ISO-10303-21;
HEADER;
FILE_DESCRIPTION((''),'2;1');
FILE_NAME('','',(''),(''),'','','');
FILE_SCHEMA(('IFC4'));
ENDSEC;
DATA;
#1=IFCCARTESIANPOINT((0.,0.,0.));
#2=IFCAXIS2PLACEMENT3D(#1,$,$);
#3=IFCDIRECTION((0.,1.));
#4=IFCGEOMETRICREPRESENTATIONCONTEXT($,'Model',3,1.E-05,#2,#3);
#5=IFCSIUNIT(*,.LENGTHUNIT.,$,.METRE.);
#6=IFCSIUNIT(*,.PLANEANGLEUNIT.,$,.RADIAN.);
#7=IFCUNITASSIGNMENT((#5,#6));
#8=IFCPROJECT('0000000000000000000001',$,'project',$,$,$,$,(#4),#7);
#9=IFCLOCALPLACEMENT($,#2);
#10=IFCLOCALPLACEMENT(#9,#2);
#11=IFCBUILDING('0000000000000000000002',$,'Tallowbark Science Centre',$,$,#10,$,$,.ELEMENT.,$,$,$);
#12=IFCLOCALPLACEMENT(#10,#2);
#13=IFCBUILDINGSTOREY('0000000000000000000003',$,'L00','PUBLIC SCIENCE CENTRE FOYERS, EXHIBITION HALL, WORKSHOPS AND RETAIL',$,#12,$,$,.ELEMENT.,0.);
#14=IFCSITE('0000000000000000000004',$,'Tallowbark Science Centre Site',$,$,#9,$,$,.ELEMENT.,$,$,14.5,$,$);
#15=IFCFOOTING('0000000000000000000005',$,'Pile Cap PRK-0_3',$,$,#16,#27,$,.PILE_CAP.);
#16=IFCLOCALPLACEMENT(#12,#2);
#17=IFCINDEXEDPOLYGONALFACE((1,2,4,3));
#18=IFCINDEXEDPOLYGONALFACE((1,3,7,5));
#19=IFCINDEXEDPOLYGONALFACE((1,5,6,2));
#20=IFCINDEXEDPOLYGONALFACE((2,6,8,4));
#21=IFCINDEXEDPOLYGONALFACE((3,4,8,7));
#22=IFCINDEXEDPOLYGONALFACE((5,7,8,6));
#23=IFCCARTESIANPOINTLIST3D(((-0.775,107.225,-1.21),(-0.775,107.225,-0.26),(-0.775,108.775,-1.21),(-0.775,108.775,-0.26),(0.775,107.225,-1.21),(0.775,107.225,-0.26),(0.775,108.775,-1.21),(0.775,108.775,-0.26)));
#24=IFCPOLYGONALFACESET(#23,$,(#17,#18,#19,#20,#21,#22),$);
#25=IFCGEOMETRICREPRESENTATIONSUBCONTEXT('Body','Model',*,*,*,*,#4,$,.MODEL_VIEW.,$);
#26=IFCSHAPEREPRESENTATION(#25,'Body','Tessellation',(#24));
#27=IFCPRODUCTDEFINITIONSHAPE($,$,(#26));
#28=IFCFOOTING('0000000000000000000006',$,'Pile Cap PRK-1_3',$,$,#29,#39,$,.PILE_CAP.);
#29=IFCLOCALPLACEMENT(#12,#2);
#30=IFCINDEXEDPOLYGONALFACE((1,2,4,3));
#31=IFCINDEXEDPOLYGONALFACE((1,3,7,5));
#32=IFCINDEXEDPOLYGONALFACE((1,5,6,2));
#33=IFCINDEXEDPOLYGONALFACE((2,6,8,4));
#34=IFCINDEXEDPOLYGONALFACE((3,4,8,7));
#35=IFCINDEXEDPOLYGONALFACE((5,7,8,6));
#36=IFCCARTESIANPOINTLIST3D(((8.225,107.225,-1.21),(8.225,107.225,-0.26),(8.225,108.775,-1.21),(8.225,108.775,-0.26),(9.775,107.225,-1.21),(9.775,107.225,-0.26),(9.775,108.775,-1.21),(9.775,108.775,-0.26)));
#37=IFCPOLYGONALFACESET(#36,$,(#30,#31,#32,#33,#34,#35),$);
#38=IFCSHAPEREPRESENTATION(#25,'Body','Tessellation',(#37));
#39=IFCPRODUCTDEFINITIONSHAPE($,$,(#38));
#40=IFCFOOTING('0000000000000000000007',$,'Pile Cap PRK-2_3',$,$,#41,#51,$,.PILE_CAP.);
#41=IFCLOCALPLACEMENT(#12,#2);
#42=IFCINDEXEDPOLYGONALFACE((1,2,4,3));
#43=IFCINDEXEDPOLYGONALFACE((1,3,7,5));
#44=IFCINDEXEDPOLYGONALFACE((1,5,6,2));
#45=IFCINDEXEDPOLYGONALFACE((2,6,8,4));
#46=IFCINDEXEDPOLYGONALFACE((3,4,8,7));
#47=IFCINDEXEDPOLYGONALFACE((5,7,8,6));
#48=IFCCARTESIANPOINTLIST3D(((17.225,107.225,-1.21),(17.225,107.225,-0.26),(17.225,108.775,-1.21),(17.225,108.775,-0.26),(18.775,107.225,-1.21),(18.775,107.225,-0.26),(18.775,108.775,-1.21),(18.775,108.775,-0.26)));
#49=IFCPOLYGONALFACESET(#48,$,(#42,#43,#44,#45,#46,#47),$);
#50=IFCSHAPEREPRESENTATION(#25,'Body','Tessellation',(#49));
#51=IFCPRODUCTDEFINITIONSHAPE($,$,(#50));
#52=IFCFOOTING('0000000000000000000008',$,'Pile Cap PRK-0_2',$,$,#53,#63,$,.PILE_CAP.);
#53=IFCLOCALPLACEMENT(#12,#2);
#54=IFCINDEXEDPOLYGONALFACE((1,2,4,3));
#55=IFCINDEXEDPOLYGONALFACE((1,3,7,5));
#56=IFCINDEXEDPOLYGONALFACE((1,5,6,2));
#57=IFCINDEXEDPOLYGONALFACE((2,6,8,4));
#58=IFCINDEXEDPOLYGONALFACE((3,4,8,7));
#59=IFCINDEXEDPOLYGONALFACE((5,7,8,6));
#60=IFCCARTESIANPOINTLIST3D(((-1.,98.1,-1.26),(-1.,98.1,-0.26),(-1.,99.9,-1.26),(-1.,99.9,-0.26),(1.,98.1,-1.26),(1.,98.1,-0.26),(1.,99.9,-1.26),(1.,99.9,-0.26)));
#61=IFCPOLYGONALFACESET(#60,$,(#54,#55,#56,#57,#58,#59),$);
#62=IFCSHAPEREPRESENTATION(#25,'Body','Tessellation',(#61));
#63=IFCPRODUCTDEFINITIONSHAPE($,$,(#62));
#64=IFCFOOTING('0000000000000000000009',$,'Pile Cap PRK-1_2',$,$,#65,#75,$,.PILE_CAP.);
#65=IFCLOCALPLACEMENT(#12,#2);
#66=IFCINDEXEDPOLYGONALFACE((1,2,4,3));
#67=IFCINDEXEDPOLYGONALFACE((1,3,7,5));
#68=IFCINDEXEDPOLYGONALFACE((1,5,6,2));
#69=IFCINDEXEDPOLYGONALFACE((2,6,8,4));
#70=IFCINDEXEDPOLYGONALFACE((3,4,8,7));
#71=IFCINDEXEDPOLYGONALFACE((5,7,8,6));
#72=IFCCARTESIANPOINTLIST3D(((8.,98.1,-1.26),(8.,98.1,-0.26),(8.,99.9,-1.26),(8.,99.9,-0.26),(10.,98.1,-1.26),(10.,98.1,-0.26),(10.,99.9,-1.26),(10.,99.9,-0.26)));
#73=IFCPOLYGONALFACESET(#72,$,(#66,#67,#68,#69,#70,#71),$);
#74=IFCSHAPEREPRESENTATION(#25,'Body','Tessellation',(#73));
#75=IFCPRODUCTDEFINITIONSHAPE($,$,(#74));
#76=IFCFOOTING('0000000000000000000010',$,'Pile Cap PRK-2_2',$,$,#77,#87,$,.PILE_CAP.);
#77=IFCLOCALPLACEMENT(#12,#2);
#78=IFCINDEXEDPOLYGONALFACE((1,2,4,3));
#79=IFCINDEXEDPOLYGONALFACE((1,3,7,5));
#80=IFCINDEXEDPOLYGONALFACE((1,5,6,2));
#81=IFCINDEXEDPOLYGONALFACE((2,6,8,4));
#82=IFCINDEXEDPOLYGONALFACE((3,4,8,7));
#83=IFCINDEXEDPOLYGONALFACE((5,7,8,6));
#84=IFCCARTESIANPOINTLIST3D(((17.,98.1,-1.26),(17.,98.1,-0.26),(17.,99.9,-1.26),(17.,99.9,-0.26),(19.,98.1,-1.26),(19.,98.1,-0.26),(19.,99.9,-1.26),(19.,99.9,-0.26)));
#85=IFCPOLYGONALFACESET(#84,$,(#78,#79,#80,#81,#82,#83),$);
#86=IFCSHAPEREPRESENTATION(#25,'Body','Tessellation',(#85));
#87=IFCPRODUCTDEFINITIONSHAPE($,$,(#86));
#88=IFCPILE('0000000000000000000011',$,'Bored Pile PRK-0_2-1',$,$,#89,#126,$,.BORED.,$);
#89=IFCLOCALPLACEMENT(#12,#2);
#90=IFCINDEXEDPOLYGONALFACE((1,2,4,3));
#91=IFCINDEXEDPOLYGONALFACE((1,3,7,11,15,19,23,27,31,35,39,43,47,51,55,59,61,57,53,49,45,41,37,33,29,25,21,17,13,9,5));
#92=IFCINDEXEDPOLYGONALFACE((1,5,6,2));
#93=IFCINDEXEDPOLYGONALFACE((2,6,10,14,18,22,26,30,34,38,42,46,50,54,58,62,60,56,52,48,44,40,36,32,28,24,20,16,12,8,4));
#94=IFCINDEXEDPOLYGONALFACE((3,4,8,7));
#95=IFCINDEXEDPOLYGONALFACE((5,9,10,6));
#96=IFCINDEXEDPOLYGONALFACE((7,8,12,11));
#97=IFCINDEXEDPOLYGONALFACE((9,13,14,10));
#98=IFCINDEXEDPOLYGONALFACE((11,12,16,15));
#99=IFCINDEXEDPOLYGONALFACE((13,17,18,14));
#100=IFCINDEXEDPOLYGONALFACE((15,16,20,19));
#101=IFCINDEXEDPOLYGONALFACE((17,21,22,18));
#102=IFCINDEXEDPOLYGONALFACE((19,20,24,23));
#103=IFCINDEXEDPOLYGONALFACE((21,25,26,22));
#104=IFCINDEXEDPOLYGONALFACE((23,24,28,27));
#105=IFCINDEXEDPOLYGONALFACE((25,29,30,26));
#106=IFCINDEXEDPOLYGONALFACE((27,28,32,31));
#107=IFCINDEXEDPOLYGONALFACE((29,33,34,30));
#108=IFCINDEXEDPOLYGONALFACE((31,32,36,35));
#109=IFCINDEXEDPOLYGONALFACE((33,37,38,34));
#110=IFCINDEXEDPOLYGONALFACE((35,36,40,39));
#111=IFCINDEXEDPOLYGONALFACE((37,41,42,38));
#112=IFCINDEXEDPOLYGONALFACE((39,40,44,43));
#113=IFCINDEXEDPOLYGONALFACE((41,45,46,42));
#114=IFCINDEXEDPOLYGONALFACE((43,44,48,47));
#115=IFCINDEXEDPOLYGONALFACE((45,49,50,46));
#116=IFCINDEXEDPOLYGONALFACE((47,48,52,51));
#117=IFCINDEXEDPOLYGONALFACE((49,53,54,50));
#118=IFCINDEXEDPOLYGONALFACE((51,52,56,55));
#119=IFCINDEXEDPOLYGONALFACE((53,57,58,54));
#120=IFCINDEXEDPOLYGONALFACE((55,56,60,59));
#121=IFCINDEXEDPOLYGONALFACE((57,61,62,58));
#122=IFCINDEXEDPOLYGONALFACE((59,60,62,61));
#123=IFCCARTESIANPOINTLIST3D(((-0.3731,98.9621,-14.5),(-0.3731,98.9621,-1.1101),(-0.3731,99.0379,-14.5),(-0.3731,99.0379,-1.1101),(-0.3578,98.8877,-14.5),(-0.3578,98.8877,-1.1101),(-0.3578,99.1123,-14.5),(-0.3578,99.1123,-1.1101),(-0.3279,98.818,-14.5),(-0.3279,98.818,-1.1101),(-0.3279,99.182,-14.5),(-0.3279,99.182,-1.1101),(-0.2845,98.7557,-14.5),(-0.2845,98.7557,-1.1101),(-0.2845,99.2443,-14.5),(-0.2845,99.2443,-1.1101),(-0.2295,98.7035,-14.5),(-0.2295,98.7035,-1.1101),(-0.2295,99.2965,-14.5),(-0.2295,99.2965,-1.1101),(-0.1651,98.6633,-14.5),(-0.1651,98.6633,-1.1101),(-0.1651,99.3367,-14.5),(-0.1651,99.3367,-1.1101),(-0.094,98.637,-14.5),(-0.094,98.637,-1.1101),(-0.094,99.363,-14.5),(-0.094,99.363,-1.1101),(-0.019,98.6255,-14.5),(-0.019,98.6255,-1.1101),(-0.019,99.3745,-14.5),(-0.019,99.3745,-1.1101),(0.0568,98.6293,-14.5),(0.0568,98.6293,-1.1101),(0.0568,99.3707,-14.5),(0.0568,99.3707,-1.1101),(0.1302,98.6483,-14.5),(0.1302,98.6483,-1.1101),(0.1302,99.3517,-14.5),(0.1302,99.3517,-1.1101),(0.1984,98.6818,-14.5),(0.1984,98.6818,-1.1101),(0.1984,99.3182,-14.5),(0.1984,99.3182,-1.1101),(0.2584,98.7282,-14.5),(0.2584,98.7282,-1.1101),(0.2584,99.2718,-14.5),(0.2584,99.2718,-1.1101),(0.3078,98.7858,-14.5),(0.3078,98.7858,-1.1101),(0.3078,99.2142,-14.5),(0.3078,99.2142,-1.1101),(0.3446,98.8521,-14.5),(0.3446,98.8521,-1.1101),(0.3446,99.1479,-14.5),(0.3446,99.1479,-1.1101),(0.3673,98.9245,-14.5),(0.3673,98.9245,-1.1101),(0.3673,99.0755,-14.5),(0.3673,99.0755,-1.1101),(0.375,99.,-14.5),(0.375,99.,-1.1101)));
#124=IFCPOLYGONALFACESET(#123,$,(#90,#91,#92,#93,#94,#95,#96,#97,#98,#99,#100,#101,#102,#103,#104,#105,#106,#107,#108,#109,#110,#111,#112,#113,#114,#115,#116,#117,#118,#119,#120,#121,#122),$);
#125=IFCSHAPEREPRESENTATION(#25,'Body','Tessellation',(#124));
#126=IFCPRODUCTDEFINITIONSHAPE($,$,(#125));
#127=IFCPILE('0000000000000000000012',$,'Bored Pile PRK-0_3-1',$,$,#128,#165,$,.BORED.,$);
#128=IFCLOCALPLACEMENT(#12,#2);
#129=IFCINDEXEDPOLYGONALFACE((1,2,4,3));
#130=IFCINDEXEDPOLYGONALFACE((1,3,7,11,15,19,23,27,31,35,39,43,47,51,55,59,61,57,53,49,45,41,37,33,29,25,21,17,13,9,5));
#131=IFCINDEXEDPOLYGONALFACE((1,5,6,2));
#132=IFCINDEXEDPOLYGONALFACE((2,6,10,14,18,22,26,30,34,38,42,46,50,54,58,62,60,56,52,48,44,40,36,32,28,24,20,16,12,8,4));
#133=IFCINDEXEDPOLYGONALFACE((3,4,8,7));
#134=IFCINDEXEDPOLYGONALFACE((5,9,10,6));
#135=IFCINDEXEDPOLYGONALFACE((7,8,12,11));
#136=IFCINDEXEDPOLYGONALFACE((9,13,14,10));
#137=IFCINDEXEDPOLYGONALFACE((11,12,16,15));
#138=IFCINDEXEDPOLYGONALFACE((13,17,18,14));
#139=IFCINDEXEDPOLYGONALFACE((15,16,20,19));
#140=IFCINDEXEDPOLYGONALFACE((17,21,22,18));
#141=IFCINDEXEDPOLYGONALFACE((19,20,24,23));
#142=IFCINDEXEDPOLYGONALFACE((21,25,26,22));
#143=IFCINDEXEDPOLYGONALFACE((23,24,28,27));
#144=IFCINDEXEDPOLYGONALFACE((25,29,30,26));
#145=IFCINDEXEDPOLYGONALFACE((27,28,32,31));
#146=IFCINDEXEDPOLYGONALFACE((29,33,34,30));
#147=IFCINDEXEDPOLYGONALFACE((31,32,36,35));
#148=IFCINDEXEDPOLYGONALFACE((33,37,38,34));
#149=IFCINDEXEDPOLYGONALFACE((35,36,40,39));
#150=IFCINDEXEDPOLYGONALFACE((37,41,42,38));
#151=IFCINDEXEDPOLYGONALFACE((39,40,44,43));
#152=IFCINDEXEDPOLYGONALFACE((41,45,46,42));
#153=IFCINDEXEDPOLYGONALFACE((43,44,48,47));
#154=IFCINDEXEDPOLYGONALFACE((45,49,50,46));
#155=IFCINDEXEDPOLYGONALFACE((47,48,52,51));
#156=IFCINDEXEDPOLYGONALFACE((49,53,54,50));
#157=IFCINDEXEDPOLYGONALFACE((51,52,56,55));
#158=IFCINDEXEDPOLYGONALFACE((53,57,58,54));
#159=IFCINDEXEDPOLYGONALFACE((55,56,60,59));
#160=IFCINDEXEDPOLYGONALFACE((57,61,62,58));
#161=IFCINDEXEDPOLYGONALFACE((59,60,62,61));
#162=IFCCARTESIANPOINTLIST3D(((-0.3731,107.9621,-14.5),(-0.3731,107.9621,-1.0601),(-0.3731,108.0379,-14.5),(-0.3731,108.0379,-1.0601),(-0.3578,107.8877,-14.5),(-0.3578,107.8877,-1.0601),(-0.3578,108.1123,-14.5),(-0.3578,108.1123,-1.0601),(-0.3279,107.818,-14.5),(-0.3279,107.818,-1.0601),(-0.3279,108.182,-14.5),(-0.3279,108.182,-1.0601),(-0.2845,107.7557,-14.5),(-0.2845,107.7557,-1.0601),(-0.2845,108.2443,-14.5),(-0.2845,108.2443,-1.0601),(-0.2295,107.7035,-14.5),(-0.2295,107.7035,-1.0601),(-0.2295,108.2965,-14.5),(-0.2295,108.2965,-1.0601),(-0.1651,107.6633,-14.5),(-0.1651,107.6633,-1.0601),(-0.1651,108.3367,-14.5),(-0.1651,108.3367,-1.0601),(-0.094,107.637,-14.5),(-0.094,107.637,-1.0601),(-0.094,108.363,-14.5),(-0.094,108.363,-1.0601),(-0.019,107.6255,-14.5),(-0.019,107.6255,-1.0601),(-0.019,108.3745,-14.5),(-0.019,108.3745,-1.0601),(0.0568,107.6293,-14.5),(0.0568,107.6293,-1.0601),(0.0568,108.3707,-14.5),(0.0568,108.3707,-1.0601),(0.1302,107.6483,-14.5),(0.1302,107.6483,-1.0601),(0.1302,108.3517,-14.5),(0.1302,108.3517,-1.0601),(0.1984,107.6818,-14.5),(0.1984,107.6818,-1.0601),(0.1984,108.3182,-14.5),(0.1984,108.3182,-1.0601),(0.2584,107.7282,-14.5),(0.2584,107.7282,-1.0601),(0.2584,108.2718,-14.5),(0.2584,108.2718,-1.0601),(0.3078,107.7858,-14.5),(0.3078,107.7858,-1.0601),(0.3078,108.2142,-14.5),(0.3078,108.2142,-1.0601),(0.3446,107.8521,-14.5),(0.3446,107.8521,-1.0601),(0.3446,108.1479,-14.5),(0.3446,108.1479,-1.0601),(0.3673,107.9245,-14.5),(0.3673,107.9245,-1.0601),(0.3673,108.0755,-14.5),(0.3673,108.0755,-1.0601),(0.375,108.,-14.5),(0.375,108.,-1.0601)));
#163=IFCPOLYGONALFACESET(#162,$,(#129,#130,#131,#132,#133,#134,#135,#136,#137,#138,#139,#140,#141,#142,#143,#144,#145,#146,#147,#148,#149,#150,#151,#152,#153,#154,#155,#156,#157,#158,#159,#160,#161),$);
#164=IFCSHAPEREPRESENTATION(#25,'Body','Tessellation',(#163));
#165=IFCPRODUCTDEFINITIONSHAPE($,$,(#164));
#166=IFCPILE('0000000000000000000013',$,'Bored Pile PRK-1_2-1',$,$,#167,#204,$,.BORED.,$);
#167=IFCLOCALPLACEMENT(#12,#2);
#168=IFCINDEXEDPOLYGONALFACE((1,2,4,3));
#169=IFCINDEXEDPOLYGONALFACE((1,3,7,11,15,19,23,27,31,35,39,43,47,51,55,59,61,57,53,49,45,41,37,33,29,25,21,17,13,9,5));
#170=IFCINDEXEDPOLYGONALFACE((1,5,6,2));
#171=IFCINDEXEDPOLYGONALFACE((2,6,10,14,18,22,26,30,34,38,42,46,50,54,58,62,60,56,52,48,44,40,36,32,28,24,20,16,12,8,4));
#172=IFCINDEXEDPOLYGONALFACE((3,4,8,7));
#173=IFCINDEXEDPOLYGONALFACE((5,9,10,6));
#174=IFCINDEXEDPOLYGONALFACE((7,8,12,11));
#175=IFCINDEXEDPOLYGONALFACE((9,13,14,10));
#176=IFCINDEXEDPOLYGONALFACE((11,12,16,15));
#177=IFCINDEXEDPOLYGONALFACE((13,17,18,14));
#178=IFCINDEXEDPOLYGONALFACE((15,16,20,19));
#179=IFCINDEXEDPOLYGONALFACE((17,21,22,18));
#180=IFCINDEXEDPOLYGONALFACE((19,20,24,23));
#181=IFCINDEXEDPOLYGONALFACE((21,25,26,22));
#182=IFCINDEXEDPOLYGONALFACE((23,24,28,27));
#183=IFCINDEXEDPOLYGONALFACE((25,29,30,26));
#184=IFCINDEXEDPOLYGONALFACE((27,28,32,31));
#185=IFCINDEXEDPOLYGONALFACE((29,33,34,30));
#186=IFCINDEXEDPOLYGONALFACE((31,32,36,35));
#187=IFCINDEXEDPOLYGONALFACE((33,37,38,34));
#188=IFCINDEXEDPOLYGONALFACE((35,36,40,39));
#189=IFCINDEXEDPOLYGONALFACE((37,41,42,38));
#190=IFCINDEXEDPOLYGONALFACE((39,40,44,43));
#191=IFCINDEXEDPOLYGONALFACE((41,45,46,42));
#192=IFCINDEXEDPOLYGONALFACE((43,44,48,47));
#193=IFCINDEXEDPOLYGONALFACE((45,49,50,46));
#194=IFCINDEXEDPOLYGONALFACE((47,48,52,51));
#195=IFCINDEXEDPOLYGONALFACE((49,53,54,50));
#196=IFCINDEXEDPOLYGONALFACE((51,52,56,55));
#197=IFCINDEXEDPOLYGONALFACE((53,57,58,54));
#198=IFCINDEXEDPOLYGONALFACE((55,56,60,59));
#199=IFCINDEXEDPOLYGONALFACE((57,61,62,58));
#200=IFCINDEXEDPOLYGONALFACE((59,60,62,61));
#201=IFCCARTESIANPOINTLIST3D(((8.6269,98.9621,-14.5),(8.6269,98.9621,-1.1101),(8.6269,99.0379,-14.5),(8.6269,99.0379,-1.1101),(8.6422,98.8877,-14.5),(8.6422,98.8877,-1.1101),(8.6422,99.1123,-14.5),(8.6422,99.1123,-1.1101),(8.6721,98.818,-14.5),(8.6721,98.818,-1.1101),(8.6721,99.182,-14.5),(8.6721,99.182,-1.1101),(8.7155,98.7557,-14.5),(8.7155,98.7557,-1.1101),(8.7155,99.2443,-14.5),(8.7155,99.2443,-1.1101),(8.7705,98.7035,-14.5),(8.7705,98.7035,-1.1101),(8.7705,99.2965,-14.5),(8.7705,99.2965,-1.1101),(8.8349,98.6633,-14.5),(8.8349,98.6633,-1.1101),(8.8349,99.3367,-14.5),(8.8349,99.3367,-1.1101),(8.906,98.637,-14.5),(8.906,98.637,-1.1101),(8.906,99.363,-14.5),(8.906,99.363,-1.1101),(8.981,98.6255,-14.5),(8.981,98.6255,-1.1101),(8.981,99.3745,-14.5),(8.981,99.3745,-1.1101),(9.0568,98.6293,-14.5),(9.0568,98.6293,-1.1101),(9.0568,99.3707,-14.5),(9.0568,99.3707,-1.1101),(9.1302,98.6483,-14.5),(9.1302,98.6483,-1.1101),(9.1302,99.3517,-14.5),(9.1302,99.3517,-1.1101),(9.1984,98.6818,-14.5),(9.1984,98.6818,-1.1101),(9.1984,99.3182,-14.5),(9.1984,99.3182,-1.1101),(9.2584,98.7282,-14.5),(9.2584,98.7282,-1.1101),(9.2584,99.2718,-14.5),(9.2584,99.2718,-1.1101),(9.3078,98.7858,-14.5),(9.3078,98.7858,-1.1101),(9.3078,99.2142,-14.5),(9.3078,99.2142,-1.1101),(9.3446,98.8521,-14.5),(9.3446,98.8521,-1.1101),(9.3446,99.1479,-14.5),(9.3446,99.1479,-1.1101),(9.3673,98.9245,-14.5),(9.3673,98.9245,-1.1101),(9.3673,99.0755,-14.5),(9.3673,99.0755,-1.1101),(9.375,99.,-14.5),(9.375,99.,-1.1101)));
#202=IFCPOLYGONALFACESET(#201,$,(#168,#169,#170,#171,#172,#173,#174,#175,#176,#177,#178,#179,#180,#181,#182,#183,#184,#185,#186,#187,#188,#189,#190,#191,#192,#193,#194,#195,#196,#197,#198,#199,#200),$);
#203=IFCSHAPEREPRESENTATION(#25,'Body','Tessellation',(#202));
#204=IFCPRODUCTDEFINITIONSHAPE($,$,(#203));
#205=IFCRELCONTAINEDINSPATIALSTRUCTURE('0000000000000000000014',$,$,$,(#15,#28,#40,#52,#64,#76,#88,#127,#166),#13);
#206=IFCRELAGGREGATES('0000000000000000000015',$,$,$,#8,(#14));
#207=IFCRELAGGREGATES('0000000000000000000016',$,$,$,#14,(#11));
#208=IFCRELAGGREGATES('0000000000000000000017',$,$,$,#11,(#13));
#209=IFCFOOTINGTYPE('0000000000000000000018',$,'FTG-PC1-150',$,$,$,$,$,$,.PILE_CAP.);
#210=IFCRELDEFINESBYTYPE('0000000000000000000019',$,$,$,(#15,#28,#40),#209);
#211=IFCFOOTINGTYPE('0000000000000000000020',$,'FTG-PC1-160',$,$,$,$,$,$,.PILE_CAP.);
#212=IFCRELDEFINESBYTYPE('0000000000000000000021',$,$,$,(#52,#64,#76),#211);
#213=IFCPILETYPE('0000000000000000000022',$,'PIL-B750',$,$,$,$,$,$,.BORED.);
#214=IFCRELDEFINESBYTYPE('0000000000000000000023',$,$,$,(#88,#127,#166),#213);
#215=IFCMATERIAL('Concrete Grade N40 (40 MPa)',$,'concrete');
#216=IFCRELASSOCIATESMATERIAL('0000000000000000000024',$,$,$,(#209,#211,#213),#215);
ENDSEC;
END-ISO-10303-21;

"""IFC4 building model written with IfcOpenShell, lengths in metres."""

from ifc_helpers import new_model, si_unit, direction, frame, origin, origin_2d, place, context, subcontext, project, spatial, rectangle, circle, extrude, material, material_profile, profile_set, type_object, element, save


model = new_model("IFC4")

# Units and contexts
model_context = context("Model", 3, precision=1e-05, world=origin(), true_north=direction((0.0, 1.0)))
body_context = subcontext(model_context, "Body", "Model", "MODEL_VIEW")
ifc_project = project(units=[si_unit("LENGTHUNIT", "METRE"), si_unit("PLANEANGLEUNIT", "RADIAN")], contexts=[model_context])

# Site, building, storey
site_placement = place(None, origin())
site = spatial("IfcSite", under=ifc_project, at=site_placement, Name="Tallowbark Science Centre Site", CompositionType="ELEMENT", RefElevation=14.5)
building_placement = place(site_placement, origin())
building = spatial("IfcBuilding", under=site, at=building_placement, Name="Tallowbark Science Centre", CompositionType="ELEMENT")
storey_placement = place(building_placement, origin())
storey = spatial("IfcBuildingStorey", under=building, at=storey_placement, Name="L00", Description="PUBLIC SCIENCE CENTRE FOYERS, EXHIBITION HALL, WORKSHOPS AND RETAIL", CompositionType="ELEMENT", Elevation=0.0)

# Footings
ifc_material_1 = material(Name="Concrete Grade N40 (40 MPa)", Category="concrete")
footing_type_1 = type_object("IfcFootingType", Name="FTG-PC1-150", PredefinedType="PILE_CAP", material=ifc_material_1)
for number, where, z_axis, x_axis, name in (
    (1, (0.0, 108.0, -1.21), (0.0, 0.0, 1.0), (1.0, 0.0, 0.0), "Pile Cap PRK-0_3"),
    (2, (9.0, 108.0, -1.21), (0.0, 0.0, 1.0), (1.0, 0.0, 0.0), "Pile Cap PRK-1_3"),
    (3, (18.0, 108.0, -1.21), (0.0, 0.0, 1.0), (1.0, 0.0, 0.0), "Pile Cap PRK-2_3"),
):
    element("IfcFooting", number, at=place(storey_placement, frame(where, z_axis=z_axis, x_axis=x_axis)), inside=storey, type_object=footing_type_1, Name=name, PredefinedType="PILE_CAP", context=body_context, shape_type="SweptSolid", body=[
        extrude(rectangle(XDim=1.55, YDim=1.55, at=origin_2d()), origin(), (0.0, 0.0, 1.0), 0.95),
    ])
footing_type_2 = type_object("IfcFootingType", Name="FTG-PC1-160", PredefinedType="PILE_CAP", material=ifc_material_1)
for number, where, z_axis, x_axis, name in (
    (4, (0.0, 99.0, -1.26), (0.0, 0.0, 1.0), (1.0, 0.0, 0.0), "Pile Cap PRK-0_2"),
    (5, (9.0, 99.0, -1.26), (0.0, 0.0, 1.0), (1.0, 0.0, 0.0), "Pile Cap PRK-1_2"),
    (6, (18.0, 99.0, -1.26), (0.0, 0.0, 1.0), (1.0, 0.0, 0.0), "Pile Cap PRK-2_2"),
):
    element("IfcFooting", number, at=place(storey_placement, frame(where, z_axis=z_axis, x_axis=x_axis)), inside=storey, type_object=footing_type_2, Name=name, PredefinedType="PILE_CAP", context=body_context, shape_type="SweptSolid", body=[
        extrude(rectangle(XDim=2.0, YDim=1.8, at=origin_2d()), origin(), (0.0, 0.0, 1.0), 1.0),
    ])

# Piles
ifc_material_profile_1 = material_profile(ifc_material_1, circle(Radius=0.375, at=origin_2d()), Name="PILE750")
ifc_profile_set_1 = profile_set([ifc_material_profile_1], Name="Concrete Grade N40 (40 MPa)")
pile_type = type_object("IfcPileType", Name="PIL-B750", PredefinedType="BORED", material=ifc_profile_set_1)
pile_1_placement = place(storey_placement, frame((0.0, 99.0, -1.1101), z_axis=(0.0, 0.0, -1.0), x_axis=(1.0, 0.0, 0.0)))
element("IfcPile", 7, at=pile_1_placement, inside=storey, type_object=pile_type, Name="Bored Pile PRK-0_2-1", PredefinedType="BORED", context=body_context, shape_type="SweptSolid", body=[
    extrude(circle(Radius=0.375, at=origin_2d()), origin(), (0.0, 0.0, 1.0), 13.3899),
])
pile_2_placement = place(storey_placement, frame((0.0, 108.0, -1.0601), z_axis=(0.0, 0.0, -1.0), x_axis=(1.0, 0.0, 0.0)))
element("IfcPile", 8, at=pile_2_placement, inside=storey, type_object=pile_type, Name="Bored Pile PRK-0_3-1", PredefinedType="BORED", context=body_context, shape_type="SweptSolid", body=[
    extrude(circle(Radius=0.375, at=origin_2d()), origin(), (0.0, 0.0, 1.0), 13.4399),
])
pile_3_placement = place(storey_placement, frame((9.0, 99.0, -1.1101), z_axis=(0.0, 0.0, -1.0), x_axis=(1.0, 0.0, 0.0)))
element("IfcPile", 9, at=pile_3_placement, inside=storey, type_object=pile_type, Name="Bored Pile PRK-1_2-1", PredefinedType="BORED", context=body_context, shape_type="SweptSolid", body=[
    extrude(circle(Radius=0.375, at=origin_2d()), origin(), (0.0, 0.0, 1.0), 13.3899),
])

save(model, "model.ifc")
